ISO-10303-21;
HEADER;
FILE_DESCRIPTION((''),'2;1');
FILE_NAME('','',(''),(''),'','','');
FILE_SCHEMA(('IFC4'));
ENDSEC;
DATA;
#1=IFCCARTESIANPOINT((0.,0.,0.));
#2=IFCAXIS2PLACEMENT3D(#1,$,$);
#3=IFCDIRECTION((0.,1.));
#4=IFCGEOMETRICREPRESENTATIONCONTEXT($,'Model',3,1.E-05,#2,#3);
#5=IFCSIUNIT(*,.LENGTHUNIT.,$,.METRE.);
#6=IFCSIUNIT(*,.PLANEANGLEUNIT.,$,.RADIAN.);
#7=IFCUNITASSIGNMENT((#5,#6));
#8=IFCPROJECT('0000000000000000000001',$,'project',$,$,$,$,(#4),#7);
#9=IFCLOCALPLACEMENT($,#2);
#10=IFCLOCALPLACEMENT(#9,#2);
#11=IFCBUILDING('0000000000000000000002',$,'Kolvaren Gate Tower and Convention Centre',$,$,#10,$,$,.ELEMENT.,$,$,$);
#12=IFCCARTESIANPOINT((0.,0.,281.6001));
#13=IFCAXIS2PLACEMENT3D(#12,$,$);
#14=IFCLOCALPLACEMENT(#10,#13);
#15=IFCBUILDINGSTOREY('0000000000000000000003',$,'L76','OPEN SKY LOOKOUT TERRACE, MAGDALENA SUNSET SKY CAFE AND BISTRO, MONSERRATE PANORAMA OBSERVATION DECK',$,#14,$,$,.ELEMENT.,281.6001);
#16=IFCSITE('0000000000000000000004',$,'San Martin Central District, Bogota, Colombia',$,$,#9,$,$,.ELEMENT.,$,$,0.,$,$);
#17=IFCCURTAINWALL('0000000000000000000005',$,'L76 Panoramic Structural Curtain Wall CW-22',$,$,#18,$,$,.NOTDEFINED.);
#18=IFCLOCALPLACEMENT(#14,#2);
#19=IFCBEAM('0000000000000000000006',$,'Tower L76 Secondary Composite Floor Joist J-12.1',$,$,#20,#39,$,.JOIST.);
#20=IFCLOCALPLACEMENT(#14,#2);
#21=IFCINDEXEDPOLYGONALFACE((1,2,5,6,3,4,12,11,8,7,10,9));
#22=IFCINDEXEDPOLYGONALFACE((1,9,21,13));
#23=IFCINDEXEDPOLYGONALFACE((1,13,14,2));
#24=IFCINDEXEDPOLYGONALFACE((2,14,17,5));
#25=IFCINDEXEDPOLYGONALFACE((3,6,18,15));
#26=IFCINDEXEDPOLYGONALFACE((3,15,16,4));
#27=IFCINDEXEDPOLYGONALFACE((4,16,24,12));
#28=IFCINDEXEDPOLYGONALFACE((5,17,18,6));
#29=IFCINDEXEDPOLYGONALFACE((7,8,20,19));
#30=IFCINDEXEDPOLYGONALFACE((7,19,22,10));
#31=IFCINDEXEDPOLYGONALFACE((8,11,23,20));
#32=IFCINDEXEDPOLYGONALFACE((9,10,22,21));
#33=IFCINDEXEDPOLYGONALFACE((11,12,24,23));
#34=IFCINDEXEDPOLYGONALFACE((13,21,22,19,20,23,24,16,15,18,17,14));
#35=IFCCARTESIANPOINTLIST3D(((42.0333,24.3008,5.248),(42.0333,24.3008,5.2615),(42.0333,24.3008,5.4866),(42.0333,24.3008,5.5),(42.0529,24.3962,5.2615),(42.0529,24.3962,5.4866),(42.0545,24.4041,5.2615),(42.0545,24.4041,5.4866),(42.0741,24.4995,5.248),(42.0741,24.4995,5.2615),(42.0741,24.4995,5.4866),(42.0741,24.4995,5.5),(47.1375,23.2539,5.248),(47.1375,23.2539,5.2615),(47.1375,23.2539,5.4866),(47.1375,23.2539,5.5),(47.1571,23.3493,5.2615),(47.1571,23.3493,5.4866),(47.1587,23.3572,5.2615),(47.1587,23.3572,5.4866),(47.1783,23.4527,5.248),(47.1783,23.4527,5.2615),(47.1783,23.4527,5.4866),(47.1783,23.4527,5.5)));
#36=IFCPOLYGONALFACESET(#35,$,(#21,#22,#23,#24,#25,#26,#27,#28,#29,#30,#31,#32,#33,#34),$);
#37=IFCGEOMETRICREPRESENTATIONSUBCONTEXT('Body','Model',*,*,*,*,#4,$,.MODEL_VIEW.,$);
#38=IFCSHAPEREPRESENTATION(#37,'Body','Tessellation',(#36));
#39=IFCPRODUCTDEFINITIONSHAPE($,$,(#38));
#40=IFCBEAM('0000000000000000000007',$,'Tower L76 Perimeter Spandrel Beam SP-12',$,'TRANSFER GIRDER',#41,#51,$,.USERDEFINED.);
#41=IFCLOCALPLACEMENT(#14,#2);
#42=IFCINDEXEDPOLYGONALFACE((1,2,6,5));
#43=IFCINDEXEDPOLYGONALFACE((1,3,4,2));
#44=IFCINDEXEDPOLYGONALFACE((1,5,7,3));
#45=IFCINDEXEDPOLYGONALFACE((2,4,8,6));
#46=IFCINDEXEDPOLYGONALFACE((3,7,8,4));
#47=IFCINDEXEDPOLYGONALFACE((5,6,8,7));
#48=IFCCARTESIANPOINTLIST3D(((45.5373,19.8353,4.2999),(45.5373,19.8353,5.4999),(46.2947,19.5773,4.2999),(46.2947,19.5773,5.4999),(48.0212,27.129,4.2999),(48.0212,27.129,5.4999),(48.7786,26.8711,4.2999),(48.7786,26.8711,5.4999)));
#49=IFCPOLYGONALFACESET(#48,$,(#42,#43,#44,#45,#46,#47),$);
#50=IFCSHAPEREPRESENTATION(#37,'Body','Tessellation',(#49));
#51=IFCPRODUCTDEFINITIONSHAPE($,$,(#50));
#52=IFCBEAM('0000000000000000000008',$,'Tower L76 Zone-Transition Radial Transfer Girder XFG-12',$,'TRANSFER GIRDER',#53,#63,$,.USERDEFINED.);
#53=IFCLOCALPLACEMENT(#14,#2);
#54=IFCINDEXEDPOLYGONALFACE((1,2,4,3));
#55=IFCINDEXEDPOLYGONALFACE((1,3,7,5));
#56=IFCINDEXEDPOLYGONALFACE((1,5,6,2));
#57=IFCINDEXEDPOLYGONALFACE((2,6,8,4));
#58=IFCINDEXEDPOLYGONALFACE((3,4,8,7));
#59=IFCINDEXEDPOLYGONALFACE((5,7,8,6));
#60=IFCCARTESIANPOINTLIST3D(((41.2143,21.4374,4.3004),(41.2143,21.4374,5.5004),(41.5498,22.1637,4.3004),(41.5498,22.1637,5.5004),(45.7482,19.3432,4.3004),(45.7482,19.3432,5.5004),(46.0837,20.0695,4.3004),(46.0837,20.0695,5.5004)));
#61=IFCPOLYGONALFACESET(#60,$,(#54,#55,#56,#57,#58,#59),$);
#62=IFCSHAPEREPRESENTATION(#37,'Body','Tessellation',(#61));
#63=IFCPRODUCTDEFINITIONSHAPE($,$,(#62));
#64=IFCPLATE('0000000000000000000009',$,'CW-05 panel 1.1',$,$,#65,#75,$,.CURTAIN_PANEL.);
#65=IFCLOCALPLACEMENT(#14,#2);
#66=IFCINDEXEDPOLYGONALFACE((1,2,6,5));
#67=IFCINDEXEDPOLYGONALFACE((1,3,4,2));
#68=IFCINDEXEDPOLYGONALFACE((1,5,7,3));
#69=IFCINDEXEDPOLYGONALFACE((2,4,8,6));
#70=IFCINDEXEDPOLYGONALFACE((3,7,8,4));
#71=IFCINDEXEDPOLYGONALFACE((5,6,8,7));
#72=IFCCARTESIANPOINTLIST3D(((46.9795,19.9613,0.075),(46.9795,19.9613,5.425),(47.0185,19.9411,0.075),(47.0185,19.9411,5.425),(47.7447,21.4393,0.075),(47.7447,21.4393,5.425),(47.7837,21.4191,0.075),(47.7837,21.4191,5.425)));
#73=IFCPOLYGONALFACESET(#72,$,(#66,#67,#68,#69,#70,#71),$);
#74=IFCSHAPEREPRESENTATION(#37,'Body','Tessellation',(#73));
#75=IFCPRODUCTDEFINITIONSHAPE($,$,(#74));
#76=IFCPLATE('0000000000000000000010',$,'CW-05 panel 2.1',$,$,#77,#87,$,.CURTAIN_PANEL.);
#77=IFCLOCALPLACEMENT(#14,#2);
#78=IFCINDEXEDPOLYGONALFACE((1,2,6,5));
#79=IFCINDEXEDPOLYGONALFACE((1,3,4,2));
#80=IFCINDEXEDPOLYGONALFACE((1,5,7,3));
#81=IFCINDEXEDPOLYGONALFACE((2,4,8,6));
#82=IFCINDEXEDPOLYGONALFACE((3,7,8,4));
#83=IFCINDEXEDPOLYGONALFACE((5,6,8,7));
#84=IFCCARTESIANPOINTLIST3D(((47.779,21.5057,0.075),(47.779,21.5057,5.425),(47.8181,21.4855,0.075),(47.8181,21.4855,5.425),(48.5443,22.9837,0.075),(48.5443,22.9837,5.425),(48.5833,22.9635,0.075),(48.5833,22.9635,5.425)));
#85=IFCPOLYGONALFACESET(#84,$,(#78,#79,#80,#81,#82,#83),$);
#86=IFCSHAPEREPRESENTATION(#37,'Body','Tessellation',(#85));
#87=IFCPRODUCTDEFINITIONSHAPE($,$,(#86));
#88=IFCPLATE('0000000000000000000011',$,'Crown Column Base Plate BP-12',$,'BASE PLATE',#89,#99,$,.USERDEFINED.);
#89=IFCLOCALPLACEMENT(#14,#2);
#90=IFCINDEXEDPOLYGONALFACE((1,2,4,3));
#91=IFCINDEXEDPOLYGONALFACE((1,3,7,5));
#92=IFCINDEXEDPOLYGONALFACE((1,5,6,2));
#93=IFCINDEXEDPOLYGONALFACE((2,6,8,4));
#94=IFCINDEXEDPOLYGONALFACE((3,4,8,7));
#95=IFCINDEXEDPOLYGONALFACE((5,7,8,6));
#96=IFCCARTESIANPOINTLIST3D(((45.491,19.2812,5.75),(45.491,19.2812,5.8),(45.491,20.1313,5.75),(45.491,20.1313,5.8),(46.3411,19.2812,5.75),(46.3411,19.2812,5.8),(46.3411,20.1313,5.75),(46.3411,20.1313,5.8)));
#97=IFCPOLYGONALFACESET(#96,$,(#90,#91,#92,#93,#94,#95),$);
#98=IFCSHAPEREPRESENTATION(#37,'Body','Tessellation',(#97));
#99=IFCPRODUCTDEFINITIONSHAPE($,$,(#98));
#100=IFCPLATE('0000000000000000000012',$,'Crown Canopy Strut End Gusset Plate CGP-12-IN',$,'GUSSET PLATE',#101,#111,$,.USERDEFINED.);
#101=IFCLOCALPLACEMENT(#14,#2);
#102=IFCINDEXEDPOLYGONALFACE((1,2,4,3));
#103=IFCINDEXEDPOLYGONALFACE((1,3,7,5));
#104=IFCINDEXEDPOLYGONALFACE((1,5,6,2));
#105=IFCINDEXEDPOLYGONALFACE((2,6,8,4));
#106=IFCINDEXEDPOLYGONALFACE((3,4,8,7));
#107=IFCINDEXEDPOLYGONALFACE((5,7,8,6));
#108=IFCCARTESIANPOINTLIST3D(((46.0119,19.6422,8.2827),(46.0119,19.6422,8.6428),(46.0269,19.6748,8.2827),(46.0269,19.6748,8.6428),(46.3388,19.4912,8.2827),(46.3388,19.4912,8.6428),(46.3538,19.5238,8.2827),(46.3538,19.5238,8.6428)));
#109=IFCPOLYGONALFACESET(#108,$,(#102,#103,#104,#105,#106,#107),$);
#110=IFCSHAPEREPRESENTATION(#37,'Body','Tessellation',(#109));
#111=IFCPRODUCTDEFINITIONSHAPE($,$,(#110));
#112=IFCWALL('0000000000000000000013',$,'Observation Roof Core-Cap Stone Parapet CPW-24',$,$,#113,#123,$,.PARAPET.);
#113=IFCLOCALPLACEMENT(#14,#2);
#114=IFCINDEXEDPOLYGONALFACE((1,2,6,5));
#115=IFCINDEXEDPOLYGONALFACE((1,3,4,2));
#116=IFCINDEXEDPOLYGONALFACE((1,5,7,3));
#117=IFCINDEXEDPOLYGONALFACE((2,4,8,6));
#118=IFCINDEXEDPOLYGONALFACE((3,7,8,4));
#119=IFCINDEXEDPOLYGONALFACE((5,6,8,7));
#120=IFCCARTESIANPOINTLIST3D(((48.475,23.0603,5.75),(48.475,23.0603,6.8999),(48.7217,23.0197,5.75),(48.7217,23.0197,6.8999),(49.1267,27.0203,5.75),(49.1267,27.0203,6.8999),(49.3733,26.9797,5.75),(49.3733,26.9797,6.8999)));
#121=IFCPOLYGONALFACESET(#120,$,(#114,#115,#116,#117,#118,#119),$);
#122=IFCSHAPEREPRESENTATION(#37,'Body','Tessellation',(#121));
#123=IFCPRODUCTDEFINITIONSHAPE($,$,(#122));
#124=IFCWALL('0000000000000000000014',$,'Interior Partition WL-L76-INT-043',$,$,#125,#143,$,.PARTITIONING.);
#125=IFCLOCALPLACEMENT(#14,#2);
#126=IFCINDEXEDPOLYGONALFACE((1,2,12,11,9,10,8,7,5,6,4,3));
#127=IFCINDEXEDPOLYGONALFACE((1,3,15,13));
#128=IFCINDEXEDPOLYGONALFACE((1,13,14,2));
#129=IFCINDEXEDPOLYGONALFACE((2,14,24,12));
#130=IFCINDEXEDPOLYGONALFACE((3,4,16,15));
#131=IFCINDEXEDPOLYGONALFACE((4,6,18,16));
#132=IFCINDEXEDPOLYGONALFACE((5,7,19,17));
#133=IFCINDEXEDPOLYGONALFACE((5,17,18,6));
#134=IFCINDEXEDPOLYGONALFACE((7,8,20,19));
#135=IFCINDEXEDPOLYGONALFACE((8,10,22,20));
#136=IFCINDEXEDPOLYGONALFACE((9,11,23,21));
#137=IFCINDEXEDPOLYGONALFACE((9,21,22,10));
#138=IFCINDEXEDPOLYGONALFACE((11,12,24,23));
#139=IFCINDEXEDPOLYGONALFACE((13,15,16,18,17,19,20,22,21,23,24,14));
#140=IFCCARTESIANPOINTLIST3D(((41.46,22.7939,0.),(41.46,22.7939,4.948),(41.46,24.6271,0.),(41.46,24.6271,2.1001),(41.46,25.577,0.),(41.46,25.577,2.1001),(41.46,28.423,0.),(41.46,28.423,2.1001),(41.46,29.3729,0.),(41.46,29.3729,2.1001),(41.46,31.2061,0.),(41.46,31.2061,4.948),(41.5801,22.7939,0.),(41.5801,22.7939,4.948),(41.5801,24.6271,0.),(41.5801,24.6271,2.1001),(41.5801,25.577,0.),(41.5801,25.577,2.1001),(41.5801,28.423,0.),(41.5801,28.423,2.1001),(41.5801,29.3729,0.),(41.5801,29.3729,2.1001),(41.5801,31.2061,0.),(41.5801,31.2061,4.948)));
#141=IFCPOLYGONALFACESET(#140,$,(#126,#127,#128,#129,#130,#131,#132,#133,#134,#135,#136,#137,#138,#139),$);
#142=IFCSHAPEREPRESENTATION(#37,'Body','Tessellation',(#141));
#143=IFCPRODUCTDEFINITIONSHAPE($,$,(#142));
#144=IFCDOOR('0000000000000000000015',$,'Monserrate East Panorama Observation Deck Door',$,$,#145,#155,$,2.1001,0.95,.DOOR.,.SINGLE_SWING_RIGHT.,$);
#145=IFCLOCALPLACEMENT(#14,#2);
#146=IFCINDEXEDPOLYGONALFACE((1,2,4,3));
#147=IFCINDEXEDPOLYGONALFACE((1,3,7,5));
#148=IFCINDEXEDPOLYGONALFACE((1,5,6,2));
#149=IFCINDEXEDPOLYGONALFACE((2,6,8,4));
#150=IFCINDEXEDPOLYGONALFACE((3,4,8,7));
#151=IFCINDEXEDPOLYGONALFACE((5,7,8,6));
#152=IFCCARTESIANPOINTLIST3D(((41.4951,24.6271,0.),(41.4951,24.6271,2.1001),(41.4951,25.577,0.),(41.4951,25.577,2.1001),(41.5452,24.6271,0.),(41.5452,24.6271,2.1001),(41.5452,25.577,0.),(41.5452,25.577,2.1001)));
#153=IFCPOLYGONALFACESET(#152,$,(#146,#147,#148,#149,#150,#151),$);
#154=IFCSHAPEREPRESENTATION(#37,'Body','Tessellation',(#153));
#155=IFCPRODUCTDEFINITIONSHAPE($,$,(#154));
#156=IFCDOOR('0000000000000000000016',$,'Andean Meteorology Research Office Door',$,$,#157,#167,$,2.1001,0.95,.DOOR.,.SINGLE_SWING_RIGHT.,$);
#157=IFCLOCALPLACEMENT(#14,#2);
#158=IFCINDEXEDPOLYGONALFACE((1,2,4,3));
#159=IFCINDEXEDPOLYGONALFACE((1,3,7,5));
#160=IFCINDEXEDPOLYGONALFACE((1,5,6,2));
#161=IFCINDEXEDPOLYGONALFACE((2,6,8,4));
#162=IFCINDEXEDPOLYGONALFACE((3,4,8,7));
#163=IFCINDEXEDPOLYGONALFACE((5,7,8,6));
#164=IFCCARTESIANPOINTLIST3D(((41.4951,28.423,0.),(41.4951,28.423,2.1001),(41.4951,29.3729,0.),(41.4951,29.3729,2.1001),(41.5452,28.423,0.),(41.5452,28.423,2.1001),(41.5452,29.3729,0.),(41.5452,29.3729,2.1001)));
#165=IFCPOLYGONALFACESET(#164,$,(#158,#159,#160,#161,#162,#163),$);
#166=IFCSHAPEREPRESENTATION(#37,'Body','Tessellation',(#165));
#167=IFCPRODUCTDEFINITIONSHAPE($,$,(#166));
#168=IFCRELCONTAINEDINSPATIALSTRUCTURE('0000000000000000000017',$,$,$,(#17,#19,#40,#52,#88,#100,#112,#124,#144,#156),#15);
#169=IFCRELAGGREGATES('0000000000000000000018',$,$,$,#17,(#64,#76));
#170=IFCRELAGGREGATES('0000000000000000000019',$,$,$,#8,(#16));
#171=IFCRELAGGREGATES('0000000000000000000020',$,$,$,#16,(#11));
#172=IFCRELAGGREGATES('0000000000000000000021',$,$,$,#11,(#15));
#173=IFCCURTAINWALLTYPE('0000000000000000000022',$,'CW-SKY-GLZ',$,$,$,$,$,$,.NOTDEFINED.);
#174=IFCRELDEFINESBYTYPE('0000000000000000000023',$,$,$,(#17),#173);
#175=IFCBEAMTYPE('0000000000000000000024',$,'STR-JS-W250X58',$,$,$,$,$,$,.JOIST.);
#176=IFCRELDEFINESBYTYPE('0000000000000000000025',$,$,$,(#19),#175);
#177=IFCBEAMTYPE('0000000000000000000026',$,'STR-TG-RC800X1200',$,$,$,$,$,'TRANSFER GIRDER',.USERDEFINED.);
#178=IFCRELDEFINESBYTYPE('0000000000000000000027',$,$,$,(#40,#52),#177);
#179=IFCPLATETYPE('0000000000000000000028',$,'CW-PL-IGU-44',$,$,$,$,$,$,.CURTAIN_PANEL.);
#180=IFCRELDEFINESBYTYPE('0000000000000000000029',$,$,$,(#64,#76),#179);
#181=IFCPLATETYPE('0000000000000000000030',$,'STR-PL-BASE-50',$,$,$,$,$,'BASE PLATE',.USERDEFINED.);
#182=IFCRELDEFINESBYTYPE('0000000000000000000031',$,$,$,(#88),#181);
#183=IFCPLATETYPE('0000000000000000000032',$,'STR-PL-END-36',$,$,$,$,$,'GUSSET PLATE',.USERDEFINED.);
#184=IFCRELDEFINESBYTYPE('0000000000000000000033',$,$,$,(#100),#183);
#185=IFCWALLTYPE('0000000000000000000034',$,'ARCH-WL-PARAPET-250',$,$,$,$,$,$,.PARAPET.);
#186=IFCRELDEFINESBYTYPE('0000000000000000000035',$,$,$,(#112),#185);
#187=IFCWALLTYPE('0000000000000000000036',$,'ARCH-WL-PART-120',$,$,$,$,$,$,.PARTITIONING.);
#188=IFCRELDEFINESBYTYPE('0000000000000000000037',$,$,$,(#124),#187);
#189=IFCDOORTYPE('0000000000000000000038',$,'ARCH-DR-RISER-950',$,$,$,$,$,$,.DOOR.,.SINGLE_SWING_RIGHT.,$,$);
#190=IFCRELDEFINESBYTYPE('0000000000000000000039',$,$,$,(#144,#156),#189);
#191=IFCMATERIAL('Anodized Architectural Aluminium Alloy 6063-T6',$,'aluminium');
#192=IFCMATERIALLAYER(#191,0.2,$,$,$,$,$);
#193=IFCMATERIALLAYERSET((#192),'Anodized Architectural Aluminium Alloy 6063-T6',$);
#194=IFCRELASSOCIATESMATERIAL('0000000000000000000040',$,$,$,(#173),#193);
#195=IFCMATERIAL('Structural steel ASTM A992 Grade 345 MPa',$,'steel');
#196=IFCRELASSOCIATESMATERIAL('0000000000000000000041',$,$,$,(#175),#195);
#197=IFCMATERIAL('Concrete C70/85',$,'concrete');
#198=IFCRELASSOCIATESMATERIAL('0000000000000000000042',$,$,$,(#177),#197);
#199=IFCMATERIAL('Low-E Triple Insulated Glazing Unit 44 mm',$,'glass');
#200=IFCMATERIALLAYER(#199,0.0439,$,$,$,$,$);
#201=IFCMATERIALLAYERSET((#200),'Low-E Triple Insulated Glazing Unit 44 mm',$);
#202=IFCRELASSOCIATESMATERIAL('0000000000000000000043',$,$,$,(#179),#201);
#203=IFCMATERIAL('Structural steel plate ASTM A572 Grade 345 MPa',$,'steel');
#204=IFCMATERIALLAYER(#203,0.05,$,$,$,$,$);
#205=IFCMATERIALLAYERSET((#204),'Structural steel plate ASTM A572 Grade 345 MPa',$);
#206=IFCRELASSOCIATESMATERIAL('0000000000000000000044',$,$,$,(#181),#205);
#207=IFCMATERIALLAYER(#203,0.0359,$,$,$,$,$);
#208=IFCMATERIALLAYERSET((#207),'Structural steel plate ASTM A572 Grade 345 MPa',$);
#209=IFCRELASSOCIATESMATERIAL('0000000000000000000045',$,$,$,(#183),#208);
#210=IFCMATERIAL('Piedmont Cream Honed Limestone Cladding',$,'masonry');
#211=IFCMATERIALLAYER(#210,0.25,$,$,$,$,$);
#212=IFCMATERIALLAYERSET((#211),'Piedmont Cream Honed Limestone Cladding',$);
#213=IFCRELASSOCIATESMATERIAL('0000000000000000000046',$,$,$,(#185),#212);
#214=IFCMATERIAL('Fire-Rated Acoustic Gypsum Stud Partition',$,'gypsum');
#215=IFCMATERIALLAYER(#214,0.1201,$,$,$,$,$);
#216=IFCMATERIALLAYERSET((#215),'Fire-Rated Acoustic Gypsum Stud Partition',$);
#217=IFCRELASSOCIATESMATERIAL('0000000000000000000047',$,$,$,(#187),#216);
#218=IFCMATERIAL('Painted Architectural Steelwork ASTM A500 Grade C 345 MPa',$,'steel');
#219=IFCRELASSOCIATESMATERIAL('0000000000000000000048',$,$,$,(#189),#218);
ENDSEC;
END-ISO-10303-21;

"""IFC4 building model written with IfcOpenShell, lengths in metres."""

from ifc_helpers import new_model, si_unit, direction, frame, frame_2d, origin, origin_2d, place, context, subcontext, project, spatial, rectangle, i_section, extrude, material, layer, layer_set, material_profile, profile_set, type_object, element, fill, aggregate, save


model = new_model("IFC4")

# Units and contexts
model_context = context("Model", 3, precision=1e-05, world=origin(), true_north=direction((0.0, 1.0)))
body_context = subcontext(model_context, "Body", "Model", "MODEL_VIEW")
ifc_project = project(units=[si_unit("LENGTHUNIT", "METRE"), si_unit("PLANEANGLEUNIT", "RADIAN")], contexts=[model_context])

# Site, building, storey
site_placement = place(None, origin())
site = spatial("IfcSite", under=ifc_project, at=site_placement, Name="San Martin Central District, Bogota, Colombia", CompositionType="ELEMENT", RefElevation=0.0)
building_placement = place(site_placement, origin())
building = spatial("IfcBuilding", under=site, at=building_placement, Name="Kolvaren Gate Tower and Convention Centre", CompositionType="ELEMENT")
storey_placement = place(building_placement, frame((0.0, 0.0, 281.6001)))
storey = spatial("IfcBuildingStorey", under=building, at=storey_placement, Name="L76", Description="OPEN SKY LOOKOUT TERRACE, MAGDALENA SUNSET SKY CAFE AND BISTRO, MONSERRATE PANORAMA OBSERVATION DECK", CompositionType="ELEMENT", Elevation=281.6001)

# Curtain wall
ifc_material_1 = material(Name="Anodized Architectural Aluminium Alloy 6063-T6", Category="aluminium")
ifc_layer_1 = layer(ifc_material_1, 0.2)
ifc_layer_set_1 = layer_set([ifc_layer_1], Name="Anodized Architectural Aluminium Alloy 6063-T6")
curtain_wall_type = type_object("IfcCurtainWallType", Name="CW-SKY-GLZ", PredefinedType="NOTDEFINED", material=ifc_layer_set_1)
curtain_wall_placement = place(storey_placement, origin())
curtain_wall = element("IfcCurtainWall", 1, at=curtain_wall_placement, inside=storey, type_object=curtain_wall_type, Name="L76 Panoramic Structural Curtain Wall CW-22", PredefinedType="NOTDEFINED")

# Beams
ifc_material_2 = material(Name="Structural steel ASTM A992 Grade 345 MPa", Category="steel")
ifc_material_profile_1 = material_profile(ifc_material_2, i_section(OverallWidth=0.2029, OverallDepth=0.252, WebThickness=0.0081, FlangeThickness=0.0134, at=origin_2d()), Name="W250X58")
ifc_profile_set_1 = profile_set([ifc_material_profile_1], Name="Structural steel ASTM A992 Grade 345 MPa")
beam_type_1 = type_object("IfcBeamType", Name="STR-JS-W250X58", PredefinedType="JOIST", material=ifc_profile_set_1)
beam_1_placement = place(storey_placement, frame((42.0537, 24.4001, 5.374), z_axis=(0.979608, -0.200916, 0.0), x_axis=(0.200916, 0.979608, 0.0)))
element("IfcBeam", 2, at=beam_1_placement, inside=storey, type_object=beam_type_1, Name="Tower L76 Secondary Composite Floor Joist J-12.1", PredefinedType="JOIST", context=body_context, shape_type="SweptSolid", body=[
    extrude(i_section(OverallWidth=0.2029, OverallDepth=0.252, WebThickness=0.0081, FlangeThickness=0.0134, at=origin_2d()), origin(), (0.0, 0.0, 1.0), 5.2104),
])
ifc_material_3 = material(Name="Concrete C70/85", Category="concrete")
ifc_material_profile_2 = material_profile(ifc_material_3, rectangle(XDim=0.8, YDim=1.2, at=origin_2d()), Name="RC-BM-800X1200")
ifc_profile_set_2 = profile_set([ifc_material_profile_2], Name="Concrete C70/85")
beam_type_2 = type_object("IfcBeamType", Name="STR-TG-RC800X1200", ElementType="TRANSFER GIRDER", PredefinedType="USERDEFINED", material=ifc_profile_set_2)
beam_2_placement = place(storey_placement, frame((45.916, 19.7063, 4.8999), z_axis=(0.322371, 0.946613, 0.0), x_axis=(-0.946613, 0.322371, 0.0)))
element("IfcBeam", 3, at=beam_2_placement, inside=storey, type_object=beam_type_2, Name="Tower L76 Perimeter Spandrel Beam SP-12", ObjectType="TRANSFER GIRDER", PredefinedType="USERDEFINED", context=body_context, shape_type="SweptSolid", body=[
    extrude(rectangle(XDim=0.8, YDim=1.2, at=origin_2d()), origin(), (0.0, 0.0, 1.0), 7.7051),
])
beam_3_placement = place(storey_placement, frame((41.3821, 21.8005, 4.9004), z_axis=(0.907833, -0.419331, 0.0), x_axis=(0.419331, 0.907833, 0.0)))
element("IfcBeam", 4, at=beam_3_placement, inside=storey, type_object=beam_type_2, Name="Tower L76 Zone-Transition Radial Transfer Girder XFG-12", ObjectType="TRANSFER GIRDER", PredefinedType="USERDEFINED", context=body_context, shape_type="SweptSolid", body=[
    extrude(rectangle(XDim=0.8, YDim=1.2, at=origin_2d()), origin(), (0.0, 0.0, 1.0), 4.9941),
])

# Plates
ifc_material_4 = material(Name="Low-E Triple Insulated Glazing Unit 44 mm", Category="glass")
ifc_layer_2 = layer(ifc_material_4, 0.0439)
ifc_layer_set_2 = layer_set([ifc_layer_2], Name="Low-E Triple Insulated Glazing Unit 44 mm")
plate_type_1 = type_object("IfcPlateType", Name="CW-PL-IGU-44", PredefinedType="CURTAIN_PANEL", material=ifc_layer_set_2)
plate_1_placement = place(storey_placement, frame((47.3816, 20.6902, 0.075), z_axis=(0.0, 0.0, 1.0), x_axis=(0.459788, 0.888029, 0.0)))
plate_1 = element("IfcPlate", 5, at=plate_1_placement, type_object=plate_type_1, Name="CW-05 panel 1.1", PredefinedType="CURTAIN_PANEL", context=body_context, shape_type="SweptSolid", body=[
    extrude(rectangle(XDim=1.6643, YDim=0.0439, at=origin_2d()), origin(), (0.0, 0.0, 1.0), 5.3501),
])
plate_2_placement = place(storey_placement, frame((48.1812, 22.2346, 0.075), z_axis=(0.0, 0.0, 1.0), x_axis=(0.459788, 0.888029, 0.0)))
plate_2 = element("IfcPlate", 6, at=plate_2_placement, type_object=plate_type_1, Name="CW-05 panel 2.1", PredefinedType="CURTAIN_PANEL", context=body_context, shape_type="SweptSolid", body=[
    extrude(rectangle(XDim=1.6643, YDim=0.0439, at=origin_2d()), origin(), (0.0, 0.0, 1.0), 5.3501),
])
aggregate(curtain_wall, [plate_1, plate_2])

# Plates
ifc_material_5 = material(Name="Structural steel plate ASTM A572 Grade 345 MPa", Category="steel")
ifc_layer_3 = layer(ifc_material_5, 0.05)
ifc_layer_set_3 = layer_set([ifc_layer_3], Name="Structural steel plate ASTM A572 Grade 345 MPa")
plate_type_2 = type_object("IfcPlateType", Name="STR-PL-BASE-50", ElementType="BASE PLATE", PredefinedType="USERDEFINED", material=ifc_layer_set_3)
plate_3_placement = place(storey_placement, frame((45.916, 19.7063, 5.75), z_axis=(0.0, 0.0, 1.0), x_axis=(1.0, 0.0, 0.0)))
element("IfcPlate", 7, at=plate_3_placement, inside=storey, type_object=plate_type_2, Name="Crown Column Base Plate BP-12", ObjectType="BASE PLATE", PredefinedType="USERDEFINED", context=body_context, shape_type="SweptSolid", body=[
    extrude(rectangle(XDim=0.8501, YDim=0.8501, at=origin_2d()), origin(), (0.0, 0.0, 1.0), 0.05),
])
ifc_layer_4 = layer(ifc_material_5, 0.0359)
ifc_layer_set_4 = layer_set([ifc_layer_4], Name="Structural steel plate ASTM A572 Grade 345 MPa")
plate_type_3 = type_object("IfcPlateType", Name="STR-PL-END-36", ElementType="GUSSET PLATE", PredefinedType="USERDEFINED", material=ifc_layer_set_4)
plate_4_placement = place(storey_placement, frame((46.1829, 19.583, 8.2827), z_axis=(0.0, 0.0, 1.0), x_axis=(0.907837, -0.419324, 0.0)))
element("IfcPlate", 8, at=plate_4_placement, inside=storey, type_object=plate_type_3, Name="Crown Canopy Strut End Gusset Plate CGP-12-IN", ObjectType="GUSSET PLATE", PredefinedType="USERDEFINED", context=body_context, shape_type="SweptSolid", body=[
    extrude(rectangle(XDim=0.3601, YDim=0.0359, at=origin_2d()), origin(), (0.0, 0.0, 1.0), 0.3601),
])

# Wall
ifc_material_6 = material(Name="Piedmont Cream Honed Limestone Cladding", Category="masonry")
ifc_layer_5 = layer(ifc_material_6, 0.25)
ifc_layer_set_5 = layer_set([ifc_layer_5], Name="Piedmont Cream Honed Limestone Cladding")
wall_type_1 = type_object("IfcWallType", Name="ARCH-WL-PARAPET-250", PredefinedType="PARAPET", material=ifc_layer_set_5)
wall_1_placement = place(storey_placement, frame((48.5984, 23.04, 5.75), z_axis=(0.0, 0.0, 1.0), x_axis=(0.162366, 0.986731, 0.0)))
element("IfcWall", 9, at=wall_1_placement, inside=storey, type_object=wall_type_1, Name="Observation Roof Core-Cap Stone Parapet CPW-24", PredefinedType="PARAPET", context=body_context, shape_type="SweptSolid", body=[
    extrude(rectangle(XDim=4.0132, YDim=0.25, at=frame_2d((2.0066, 0.0))), origin(), (0.0, 0.0, 1.0), 1.1499),
])

# Wall, openings, doors
ifc_material_7 = material(Name="Fire-Rated Acoustic Gypsum Stud Partition", Category="gypsum")
ifc_layer_6 = layer(ifc_material_7, 0.1201)
ifc_layer_set_6 = layer_set([ifc_layer_6], Name="Fire-Rated Acoustic Gypsum Stud Partition")
wall_type_2 = type_object("IfcWallType", Name="ARCH-WL-PART-120", PredefinedType="PARTITIONING", material=ifc_layer_set_6)
wall_2_placement = place(storey_placement, frame((41.52, 22.7939, 0.0), z_axis=(0.0, 0.0, 1.0), x_axis=(0.0, 1.0, 0.0)))
wall_2 = element("IfcWall", 10, at=wall_2_placement, inside=storey, type_object=wall_type_2, Name="Interior Partition WL-L76-INT-043", PredefinedType="PARTITIONING", context=body_context, shape_type="SweptSolid", body=[
    extrude(rectangle(XDim=8.4121, YDim=0.1201, at=frame_2d((4.2061, 0.0))), origin(), (0.0, 0.0, 1.0), 4.948),
])
opening_1_placement = place(wall_2_placement, frame((1.833, 0.0, 0.0)))
opening_1 = element("IfcOpeningElement", 11, at=opening_1_placement, cuts=wall_2, PredefinedType="OPENING", context=body_context, shape_type="SweptSolid", body=[
    extrude(rectangle(XDim=0.95, YDim=2.1001, at=frame_2d((0.4751, 1.05))), frame((0.0, 0.0701, 0.0), z_axis=(0.0, -1.0, 0.0), x_axis=(1.0, 0.0, 0.0)), (0.0, 0.0, 1.0), 0.1401),
])
opening_2_placement = place(wall_2_placement, frame((5.6289, 0.0, 0.0)))
opening_2 = element("IfcOpeningElement", 12, at=opening_2_placement, cuts=wall_2, PredefinedType="OPENING", context=body_context, shape_type="SweptSolid", body=[
    extrude(rectangle(XDim=0.95, YDim=2.1001, at=frame_2d((0.4751, 1.05))), frame((0.0, 0.0701, 0.0), z_axis=(0.0, -1.0, 0.0), x_axis=(1.0, 0.0, 0.0)), (0.0, 0.0, 1.0), 0.1401),
])
ifc_material_8 = material(Name="Painted Architectural Steelwork ASTM A500 Grade C 345 MPa", Category="steel")
door_type = type_object("IfcDoorType", Name="ARCH-DR-RISER-950", OperationType="SINGLE_SWING_RIGHT", PredefinedType="DOOR", material=ifc_material_8)
door_1_placement = place(opening_1_placement, origin())
door_1 = element("IfcDoor", 13, at=door_1_placement, inside=storey, type_object=door_type, Name="Monserrate East Panorama Observation Deck Door", OperationType="SINGLE_SWING_RIGHT", OverallHeight=2.1001, OverallWidth=0.95, PredefinedType="DOOR", context=body_context, shape_type="SweptSolid", body=[
    extrude(rectangle(XDim=0.95, YDim=2.1001, at=frame_2d((0.4751, 1.05))), frame((0.0, 0.0249, 0.0), z_axis=(0.0, -1.0, 0.0), x_axis=(1.0, 0.0, 0.0)), (0.0, 0.0, 1.0), 0.05),
])
fill(opening_1, door_1)
door_2_placement = place(opening_2_placement, origin())
door_2 = element("IfcDoor", 14, at=door_2_placement, inside=storey, type_object=door_type, Name="Andean Meteorology Research Office Door", OperationType="SINGLE_SWING_RIGHT", OverallHeight=2.1001, OverallWidth=0.95, PredefinedType="DOOR", context=body_context, shape_type="SweptSolid", body=[
    extrude(rectangle(XDim=0.95, YDim=2.1001, at=frame_2d((0.4751, 1.05))), frame((0.0, 0.0249, 0.0), z_axis=(0.0, -1.0, 0.0), x_axis=(1.0, 0.0, 0.0)), (0.0, 0.0, 1.0), 0.05),
])
fill(opening_2, door_2)

save(model, "model.ifc")
